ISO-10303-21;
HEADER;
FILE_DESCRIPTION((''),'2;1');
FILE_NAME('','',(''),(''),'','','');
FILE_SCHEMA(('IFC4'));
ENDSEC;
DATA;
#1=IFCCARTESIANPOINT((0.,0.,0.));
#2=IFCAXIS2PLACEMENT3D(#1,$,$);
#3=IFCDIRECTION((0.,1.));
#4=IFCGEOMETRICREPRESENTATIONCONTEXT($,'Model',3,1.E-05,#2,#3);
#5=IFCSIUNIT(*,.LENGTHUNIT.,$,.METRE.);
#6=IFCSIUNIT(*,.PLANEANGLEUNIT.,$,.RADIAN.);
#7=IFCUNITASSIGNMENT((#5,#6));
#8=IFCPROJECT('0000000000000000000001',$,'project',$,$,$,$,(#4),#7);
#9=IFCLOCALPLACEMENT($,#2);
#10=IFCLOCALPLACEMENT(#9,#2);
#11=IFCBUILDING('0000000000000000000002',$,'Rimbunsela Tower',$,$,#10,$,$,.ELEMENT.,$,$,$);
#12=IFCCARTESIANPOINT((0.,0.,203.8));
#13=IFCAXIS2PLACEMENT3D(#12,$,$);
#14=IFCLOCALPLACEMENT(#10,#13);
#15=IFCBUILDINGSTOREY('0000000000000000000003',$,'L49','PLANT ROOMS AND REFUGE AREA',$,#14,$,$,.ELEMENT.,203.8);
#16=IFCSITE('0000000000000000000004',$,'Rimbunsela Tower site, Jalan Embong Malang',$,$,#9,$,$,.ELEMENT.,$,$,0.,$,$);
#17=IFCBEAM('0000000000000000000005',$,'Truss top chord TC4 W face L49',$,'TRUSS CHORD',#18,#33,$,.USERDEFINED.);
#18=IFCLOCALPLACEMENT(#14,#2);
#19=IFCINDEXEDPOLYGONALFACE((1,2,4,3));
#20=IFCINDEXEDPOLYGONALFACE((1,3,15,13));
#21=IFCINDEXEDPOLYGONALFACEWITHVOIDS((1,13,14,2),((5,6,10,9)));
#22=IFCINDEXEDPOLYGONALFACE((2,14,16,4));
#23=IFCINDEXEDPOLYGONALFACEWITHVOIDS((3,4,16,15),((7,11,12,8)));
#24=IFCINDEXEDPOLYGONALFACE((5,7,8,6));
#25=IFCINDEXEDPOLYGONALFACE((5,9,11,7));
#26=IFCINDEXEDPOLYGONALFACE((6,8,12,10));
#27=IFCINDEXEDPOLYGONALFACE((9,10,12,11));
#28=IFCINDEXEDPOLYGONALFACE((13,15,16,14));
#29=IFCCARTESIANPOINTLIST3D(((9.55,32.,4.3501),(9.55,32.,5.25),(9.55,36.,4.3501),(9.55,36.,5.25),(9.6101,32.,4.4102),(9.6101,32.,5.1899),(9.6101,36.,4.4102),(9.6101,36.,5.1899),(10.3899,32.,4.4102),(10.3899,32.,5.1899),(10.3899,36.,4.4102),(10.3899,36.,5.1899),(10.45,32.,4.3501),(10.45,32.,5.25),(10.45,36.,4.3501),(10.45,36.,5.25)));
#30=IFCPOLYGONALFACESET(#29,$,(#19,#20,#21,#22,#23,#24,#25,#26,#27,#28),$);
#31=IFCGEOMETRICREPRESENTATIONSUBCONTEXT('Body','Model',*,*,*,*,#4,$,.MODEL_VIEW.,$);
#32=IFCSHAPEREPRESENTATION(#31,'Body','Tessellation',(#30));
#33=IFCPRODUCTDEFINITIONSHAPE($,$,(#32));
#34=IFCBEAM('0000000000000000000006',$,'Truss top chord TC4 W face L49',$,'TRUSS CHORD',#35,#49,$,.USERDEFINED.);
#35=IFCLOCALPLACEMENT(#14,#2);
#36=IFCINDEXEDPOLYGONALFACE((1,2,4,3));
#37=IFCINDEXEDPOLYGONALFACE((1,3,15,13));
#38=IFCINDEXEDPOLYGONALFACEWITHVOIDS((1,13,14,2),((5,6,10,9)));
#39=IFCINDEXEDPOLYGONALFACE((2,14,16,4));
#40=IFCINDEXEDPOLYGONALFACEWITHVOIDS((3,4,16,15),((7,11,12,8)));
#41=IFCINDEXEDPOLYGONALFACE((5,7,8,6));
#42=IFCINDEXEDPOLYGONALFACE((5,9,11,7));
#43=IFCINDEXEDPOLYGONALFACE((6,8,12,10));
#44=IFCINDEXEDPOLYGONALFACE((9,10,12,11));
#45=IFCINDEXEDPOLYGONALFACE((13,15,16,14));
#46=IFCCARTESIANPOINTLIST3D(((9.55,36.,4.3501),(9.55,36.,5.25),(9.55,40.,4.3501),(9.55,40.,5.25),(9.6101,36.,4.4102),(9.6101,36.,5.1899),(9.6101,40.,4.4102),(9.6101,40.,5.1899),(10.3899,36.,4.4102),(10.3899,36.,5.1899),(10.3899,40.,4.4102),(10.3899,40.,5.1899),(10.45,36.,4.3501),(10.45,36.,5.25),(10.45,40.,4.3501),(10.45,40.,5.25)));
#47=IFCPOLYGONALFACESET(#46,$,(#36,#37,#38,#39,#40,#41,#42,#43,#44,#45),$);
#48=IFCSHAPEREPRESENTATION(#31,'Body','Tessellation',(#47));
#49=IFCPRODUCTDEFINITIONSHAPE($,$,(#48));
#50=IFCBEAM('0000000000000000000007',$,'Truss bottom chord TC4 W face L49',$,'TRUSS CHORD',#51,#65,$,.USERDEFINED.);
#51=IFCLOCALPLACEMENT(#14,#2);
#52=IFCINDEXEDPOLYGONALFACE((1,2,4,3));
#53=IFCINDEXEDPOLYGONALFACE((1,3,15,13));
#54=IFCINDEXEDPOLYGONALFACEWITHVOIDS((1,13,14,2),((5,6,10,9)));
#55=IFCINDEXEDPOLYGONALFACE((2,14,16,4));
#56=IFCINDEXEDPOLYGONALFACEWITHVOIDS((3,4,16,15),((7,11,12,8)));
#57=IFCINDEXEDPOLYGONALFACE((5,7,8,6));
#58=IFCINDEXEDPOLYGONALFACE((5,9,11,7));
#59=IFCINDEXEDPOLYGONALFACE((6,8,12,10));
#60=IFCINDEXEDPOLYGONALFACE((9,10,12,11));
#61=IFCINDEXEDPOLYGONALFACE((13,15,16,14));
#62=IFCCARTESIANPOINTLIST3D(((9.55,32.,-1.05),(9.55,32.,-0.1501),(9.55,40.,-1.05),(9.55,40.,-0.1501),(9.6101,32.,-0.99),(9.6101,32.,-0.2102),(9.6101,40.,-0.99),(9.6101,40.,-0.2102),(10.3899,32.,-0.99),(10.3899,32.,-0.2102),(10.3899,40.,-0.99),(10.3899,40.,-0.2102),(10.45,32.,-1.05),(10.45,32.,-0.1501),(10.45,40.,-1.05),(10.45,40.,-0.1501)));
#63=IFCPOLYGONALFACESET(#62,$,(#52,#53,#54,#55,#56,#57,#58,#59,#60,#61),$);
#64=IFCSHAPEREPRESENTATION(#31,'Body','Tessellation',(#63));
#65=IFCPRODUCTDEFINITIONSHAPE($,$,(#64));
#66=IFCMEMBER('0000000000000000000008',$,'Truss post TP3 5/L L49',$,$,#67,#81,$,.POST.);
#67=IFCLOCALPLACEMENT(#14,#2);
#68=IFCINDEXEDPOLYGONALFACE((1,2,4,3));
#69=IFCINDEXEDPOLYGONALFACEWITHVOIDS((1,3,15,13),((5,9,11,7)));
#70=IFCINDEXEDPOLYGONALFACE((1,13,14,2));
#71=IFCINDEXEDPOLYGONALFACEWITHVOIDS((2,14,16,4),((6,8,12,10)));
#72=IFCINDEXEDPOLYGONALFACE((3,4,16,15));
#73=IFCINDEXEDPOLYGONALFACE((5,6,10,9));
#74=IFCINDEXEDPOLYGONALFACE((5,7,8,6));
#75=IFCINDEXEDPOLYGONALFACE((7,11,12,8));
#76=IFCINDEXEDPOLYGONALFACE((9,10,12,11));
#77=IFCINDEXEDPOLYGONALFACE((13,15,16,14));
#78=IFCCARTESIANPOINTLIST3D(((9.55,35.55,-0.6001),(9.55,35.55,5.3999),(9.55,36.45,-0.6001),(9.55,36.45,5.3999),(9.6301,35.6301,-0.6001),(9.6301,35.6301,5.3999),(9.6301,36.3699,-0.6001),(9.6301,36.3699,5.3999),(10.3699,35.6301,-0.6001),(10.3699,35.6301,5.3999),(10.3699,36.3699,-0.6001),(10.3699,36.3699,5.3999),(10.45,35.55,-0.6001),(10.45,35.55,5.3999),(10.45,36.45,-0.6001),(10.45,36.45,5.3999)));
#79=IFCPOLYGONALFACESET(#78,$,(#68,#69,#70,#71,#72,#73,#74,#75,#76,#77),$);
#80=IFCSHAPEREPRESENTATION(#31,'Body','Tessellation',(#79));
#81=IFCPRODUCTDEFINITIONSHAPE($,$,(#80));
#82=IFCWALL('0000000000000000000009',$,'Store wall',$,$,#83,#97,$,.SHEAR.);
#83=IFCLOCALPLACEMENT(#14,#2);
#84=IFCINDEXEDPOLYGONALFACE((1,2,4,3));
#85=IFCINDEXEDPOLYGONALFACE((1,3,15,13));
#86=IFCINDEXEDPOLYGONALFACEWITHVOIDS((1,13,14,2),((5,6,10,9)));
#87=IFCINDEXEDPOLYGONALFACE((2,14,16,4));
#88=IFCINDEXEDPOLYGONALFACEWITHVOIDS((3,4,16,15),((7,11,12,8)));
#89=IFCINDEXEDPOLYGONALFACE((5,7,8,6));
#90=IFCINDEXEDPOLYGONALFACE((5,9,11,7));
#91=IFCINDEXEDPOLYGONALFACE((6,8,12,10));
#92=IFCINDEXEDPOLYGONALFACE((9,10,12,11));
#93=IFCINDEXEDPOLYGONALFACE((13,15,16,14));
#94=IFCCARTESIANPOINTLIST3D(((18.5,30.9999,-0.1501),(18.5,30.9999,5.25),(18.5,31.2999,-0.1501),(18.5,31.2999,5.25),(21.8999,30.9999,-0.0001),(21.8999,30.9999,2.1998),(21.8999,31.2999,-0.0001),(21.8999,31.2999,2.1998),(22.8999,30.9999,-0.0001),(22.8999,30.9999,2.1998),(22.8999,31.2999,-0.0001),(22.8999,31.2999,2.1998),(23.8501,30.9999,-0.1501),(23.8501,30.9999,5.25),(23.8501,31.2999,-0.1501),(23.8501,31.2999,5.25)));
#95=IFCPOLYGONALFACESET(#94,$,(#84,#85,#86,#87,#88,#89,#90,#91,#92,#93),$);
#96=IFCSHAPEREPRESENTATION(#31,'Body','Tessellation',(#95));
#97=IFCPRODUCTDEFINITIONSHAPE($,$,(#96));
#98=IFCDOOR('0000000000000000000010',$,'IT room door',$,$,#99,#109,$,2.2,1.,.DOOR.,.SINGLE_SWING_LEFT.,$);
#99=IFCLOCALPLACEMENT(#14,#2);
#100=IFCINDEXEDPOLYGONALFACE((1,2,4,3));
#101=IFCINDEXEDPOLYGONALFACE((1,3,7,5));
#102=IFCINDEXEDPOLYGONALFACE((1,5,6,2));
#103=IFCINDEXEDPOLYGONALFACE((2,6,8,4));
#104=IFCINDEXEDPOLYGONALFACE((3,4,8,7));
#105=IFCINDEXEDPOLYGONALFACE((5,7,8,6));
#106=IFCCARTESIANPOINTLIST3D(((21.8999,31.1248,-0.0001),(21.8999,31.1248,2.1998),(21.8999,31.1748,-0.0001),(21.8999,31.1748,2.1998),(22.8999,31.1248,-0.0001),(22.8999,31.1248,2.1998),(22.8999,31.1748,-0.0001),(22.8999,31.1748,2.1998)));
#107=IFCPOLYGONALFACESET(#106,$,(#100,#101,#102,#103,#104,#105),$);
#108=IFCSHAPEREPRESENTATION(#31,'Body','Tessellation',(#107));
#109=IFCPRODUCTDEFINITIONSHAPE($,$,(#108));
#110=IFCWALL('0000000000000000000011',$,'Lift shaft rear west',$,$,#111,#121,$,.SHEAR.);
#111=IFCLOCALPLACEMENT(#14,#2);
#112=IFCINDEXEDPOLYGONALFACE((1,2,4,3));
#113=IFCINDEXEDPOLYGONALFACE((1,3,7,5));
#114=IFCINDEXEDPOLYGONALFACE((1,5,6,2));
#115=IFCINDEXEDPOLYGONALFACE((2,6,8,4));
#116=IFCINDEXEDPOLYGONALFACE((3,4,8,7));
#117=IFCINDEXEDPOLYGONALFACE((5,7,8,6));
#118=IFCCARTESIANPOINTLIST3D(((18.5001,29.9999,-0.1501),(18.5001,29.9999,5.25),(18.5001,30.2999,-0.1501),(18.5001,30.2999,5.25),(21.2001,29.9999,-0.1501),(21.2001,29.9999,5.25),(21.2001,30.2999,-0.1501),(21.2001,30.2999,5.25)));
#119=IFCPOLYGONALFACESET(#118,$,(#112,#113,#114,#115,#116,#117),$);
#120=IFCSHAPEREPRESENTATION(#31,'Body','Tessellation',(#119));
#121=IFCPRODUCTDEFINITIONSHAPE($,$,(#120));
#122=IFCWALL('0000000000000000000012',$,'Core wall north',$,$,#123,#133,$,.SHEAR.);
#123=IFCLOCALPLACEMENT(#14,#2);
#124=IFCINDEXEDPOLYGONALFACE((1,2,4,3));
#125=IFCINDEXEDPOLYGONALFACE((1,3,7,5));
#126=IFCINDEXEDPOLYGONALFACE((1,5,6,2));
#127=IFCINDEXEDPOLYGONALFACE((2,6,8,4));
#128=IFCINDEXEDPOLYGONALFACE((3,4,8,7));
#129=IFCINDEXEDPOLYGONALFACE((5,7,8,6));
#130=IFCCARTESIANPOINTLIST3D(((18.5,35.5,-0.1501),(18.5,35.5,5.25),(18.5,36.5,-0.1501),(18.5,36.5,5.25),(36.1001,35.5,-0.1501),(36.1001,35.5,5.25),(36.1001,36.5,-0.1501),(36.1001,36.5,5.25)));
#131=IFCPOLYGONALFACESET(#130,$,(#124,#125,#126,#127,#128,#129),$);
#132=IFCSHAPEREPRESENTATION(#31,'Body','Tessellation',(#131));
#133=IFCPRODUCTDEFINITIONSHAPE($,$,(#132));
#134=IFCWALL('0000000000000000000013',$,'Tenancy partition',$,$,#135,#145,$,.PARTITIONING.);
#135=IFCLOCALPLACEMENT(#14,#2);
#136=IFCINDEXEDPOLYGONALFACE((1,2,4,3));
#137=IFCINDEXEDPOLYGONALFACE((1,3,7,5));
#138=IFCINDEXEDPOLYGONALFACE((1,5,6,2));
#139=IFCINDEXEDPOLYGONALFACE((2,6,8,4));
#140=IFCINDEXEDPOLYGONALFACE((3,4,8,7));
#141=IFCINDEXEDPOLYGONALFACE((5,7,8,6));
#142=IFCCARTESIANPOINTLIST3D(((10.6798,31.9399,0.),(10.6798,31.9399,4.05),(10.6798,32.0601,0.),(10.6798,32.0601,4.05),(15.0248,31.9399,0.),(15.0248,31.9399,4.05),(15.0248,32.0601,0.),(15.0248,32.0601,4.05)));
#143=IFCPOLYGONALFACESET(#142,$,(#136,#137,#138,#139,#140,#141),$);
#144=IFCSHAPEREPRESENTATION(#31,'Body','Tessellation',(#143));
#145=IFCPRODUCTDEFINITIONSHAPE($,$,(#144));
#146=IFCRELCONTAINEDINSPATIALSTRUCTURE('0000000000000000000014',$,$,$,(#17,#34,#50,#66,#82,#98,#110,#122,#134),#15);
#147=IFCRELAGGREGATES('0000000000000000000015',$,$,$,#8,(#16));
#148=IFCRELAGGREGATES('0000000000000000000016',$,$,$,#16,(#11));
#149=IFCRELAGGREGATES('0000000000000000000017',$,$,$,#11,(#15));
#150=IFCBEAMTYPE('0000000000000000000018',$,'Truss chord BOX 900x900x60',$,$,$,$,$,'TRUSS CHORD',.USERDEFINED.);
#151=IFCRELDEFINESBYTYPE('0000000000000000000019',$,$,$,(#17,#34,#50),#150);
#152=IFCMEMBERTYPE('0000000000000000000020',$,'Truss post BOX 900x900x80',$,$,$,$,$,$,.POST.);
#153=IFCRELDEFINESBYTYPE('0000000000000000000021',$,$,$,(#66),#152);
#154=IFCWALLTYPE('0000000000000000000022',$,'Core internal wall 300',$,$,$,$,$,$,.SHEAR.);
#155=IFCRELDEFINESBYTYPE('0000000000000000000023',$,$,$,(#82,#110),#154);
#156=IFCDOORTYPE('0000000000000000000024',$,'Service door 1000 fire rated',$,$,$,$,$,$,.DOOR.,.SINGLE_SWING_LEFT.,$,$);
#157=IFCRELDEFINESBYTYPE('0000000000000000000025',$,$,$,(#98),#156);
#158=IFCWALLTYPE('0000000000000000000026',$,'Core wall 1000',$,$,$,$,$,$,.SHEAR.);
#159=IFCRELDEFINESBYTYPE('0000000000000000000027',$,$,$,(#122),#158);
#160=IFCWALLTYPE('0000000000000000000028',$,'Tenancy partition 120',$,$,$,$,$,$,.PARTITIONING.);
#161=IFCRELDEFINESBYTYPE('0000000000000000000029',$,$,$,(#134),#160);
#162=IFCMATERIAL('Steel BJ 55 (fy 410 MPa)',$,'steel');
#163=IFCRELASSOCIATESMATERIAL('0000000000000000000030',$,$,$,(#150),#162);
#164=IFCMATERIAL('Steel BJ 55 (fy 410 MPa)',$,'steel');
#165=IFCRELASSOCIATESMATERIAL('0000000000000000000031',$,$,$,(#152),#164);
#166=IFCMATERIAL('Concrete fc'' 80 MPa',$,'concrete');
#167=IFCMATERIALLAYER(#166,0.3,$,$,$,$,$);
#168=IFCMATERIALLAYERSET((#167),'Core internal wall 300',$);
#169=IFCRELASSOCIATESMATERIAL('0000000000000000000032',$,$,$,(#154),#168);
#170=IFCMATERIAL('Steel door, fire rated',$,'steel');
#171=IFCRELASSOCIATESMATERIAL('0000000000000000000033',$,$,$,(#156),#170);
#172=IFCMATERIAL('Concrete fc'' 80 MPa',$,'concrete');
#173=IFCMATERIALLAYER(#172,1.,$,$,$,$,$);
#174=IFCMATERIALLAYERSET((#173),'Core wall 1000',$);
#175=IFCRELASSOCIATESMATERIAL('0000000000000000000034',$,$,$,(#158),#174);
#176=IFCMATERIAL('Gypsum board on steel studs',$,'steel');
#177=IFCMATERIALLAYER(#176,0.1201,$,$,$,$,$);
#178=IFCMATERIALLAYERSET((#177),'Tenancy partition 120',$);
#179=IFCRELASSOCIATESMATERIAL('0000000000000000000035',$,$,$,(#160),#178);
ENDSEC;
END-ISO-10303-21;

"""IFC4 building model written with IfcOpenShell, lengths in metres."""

from ifc_helpers import new_model, si_unit, direction, frame, frame_2d, origin, origin_2d, place, context, subcontext, project, spatial, rectangle, hollow_rectangle, extrude, material, layer, layer_set, material_profile, profile_set, type_object, element, fill, save


model = new_model("IFC4")

# Units and contexts
model_context = context("Model", 3, precision=1e-05, world=origin(), true_north=direction((0.0, 1.0)))
body_context = subcontext(model_context, "Body", "Model", "MODEL_VIEW")
ifc_project = project(units=[si_unit("LENGTHUNIT", "METRE"), si_unit("PLANEANGLEUNIT", "RADIAN")], contexts=[model_context])

# Site, building, storey
site_placement = place(None, origin())
site = spatial("IfcSite", under=ifc_project, at=site_placement, Name="Rimbunsela Tower site, Jalan Embong Malang", CompositionType="ELEMENT", RefElevation=0.0)
building_placement = place(site_placement, origin())
building = spatial("IfcBuilding", under=site, at=building_placement, Name="Rimbunsela Tower", CompositionType="ELEMENT")
storey_placement = place(building_placement, frame((0.0, 0.0, 203.8)))
storey = spatial("IfcBuildingStorey", under=building, at=storey_placement, Name="L49", Description="PLANT ROOMS AND REFUGE AREA", CompositionType="ELEMENT", Elevation=203.8)

# Beams
ifc_material_1 = material(Name="Steel BJ 55 (fy 410 MPa)", Category="steel")
ifc_material_profile_1 = material_profile(ifc_material_1, hollow_rectangle(XDim=0.8999, YDim=0.8999, WallThickness=0.0601, at=origin_2d()), Name="BOX 900x900x60")
ifc_profile_set_1 = profile_set([ifc_material_profile_1], Name="Steel BJ 55 (fy 410 MPa)")
beam_type_1 = type_object("IfcBeamType", Name="Truss chord BOX 900x900x60", ElementType="TRUSS CHORD", PredefinedType="USERDEFINED", material=ifc_profile_set_1)
for number, where, z_axis, x_axis, name in (
    (1, (10.0, 32.0, 4.8), (0.0, 1.0, 0.0), (-1.0, 0.0, 0.0), "Truss top chord TC4 W face L49"),
    (2, (10.0, 36.0, 4.8), (0.0, 1.0, 0.0), (-1.0, 0.0, 0.0), "Truss top chord TC4 W face L49"),
):
    element("IfcBeam", number, at=place(storey_placement, frame(where, z_axis=z_axis, x_axis=x_axis)), inside=storey, type_object=beam_type_1, Name=name, ObjectType="TRUSS CHORD", PredefinedType="USERDEFINED", context=body_context, shape_type="SweptSolid", body=[
        extrude(hollow_rectangle(XDim=0.8999, YDim=0.8999, WallThickness=0.0601, at=origin_2d()), origin(), (0.0, 0.0, 1.0), 4.0),
    ])
beam_1_placement = place(storey_placement, frame((10.0, 32.0, -0.6001), z_axis=(0.0, 1.0, 0.0), x_axis=(-1.0, 0.0, 0.0)))
element("IfcBeam", 3, at=beam_1_placement, inside=storey, type_object=beam_type_1, Name="Truss bottom chord TC4 W face L49", ObjectType="TRUSS CHORD", PredefinedType="USERDEFINED", context=body_context, shape_type="SweptSolid", body=[
    extrude(hollow_rectangle(XDim=0.8999, YDim=0.8999, WallThickness=0.0601, at=origin_2d()), origin(), (0.0, 0.0, 1.0), 8.0),
])

# Member
ifc_material_2 = material(Name="Steel BJ 55 (fy 410 MPa)", Category="steel")
ifc_material_profile_2 = material_profile(ifc_material_2, hollow_rectangle(XDim=0.8999, YDim=0.8999, WallThickness=0.0801, at=origin_2d()), Name="BOX 900x900x80")
ifc_profile_set_2 = profile_set([ifc_material_profile_2], Name="Steel BJ 55 (fy 410 MPa)")
member_type_1 = type_object("IfcMemberType", Name="Truss post BOX 900x900x80", PredefinedType="POST", material=ifc_profile_set_2)
member_1_placement = place(storey_placement, frame((10.0, 36.0, -0.6001), z_axis=(0.0, 0.0, 1.0), x_axis=(1.0, 0.0, 0.0)))
element("IfcMember", 4, at=member_1_placement, inside=storey, type_object=member_type_1, Name="Truss post TP3 5/L L49", PredefinedType="POST", context=body_context, shape_type="SweptSolid", body=[
    extrude(hollow_rectangle(XDim=0.8999, YDim=0.8999, WallThickness=0.0801, at=origin_2d()), origin(), (0.0, 0.0, 1.0), 6.0),
])

# Wall, opening, door
ifc_material_3 = material(Name="Concrete fc' 80 MPa", Category="concrete")
ifc_layer_1 = layer(ifc_material_3, 0.3)
ifc_layer_set_1 = layer_set([ifc_layer_1], Name="Core internal wall 300")
wall_type_1 = type_object("IfcWallType", Name="Core internal wall 300", PredefinedType="SHEAR", material=ifc_layer_set_1)
wall_1_placement = place(storey_placement, frame((18.5, 31.1499, -0.1501), z_axis=(0.0, 0.0, 1.0), x_axis=(1.0, 0.0, 0.0)))
wall_1 = element("IfcWall", 5, at=wall_1_placement, inside=storey, type_object=wall_type_1, Name="Store wall", PredefinedType="SHEAR", context=body_context, shape_type="SweptSolid", body=[
    extrude(rectangle(XDim=5.3501, YDim=0.3, at=frame_2d((2.675, 0.0))), origin(), (0.0, 0.0, 1.0), 5.4001),
])
opening_placement = place(wall_1_placement, frame((3.3999, 0.0, 0.1499)))
opening = element("IfcOpeningElement", 6, at=opening_placement, cuts=wall_1, PredefinedType="OPENING", context=body_context, shape_type="SweptSolid", body=[
    extrude(rectangle(XDim=1.0, YDim=2.2, at=frame_2d((0.5, 1.1001))), frame((0.0, 0.1599, 0.0), z_axis=(0.0, -1.0, 0.0), x_axis=(1.0, 0.0, 0.0)), (0.0, 0.0, 1.0), 0.3201),
])
ifc_material_4 = material(Name="Steel door, fire rated", Category="steel")
door_type = type_object("IfcDoorType", Name="Service door 1000 fire rated", OperationType="SINGLE_SWING_LEFT", PredefinedType="DOOR", material=ifc_material_4)
door_placement = place(opening_placement, origin())
door = element("IfcDoor", 7, at=door_placement, inside=storey, type_object=door_type, Name="IT room door", OperationType="SINGLE_SWING_LEFT", OverallHeight=2.2, OverallWidth=1.0, PredefinedType="DOOR", context=body_context, shape_type="SweptSolid", body=[
    extrude(rectangle(XDim=1.0, YDim=2.2, at=frame_2d((0.5, 1.1001))), frame((0.0, 0.0249, 0.0), z_axis=(0.0, -1.0, 0.0), x_axis=(1.0, 0.0, 0.0)), (0.0, 0.0, 1.0), 0.05),
])
fill(opening, door)

# Walls
wall_2_placement = place(storey_placement, frame((18.5, 30.1499, -0.1501), z_axis=(0.0, 0.0, 1.0), x_axis=(1.0, 0.0, 0.0)))
element("IfcWall", 8, at=wall_2_placement, inside=storey, type_object=wall_type_1, Name="Lift shaft rear west", PredefinedType="SHEAR", context=body_context, shape_type="SweptSolid", body=[
    extrude(rectangle(XDim=2.7, YDim=0.3, at=frame_2d((1.3501, 0.0))), origin(), (0.0, 0.0, 1.0), 5.4001),
])
ifc_material_5 = material(Name="Concrete fc' 80 MPa", Category="concrete")
ifc_layer_2 = layer(ifc_material_5, 1.0)
ifc_layer_set_2 = layer_set([ifc_layer_2], Name="Core wall 1000")
wall_type_2 = type_object("IfcWallType", Name="Core wall 1000", PredefinedType="SHEAR", material=ifc_layer_set_2)
wall_3_placement = place(storey_placement, frame((18.5, 36.0, -0.1501), z_axis=(0.0, 0.0, 1.0), x_axis=(1.0, 0.0, 0.0)))
element("IfcWall", 9, at=wall_3_placement, inside=storey, type_object=wall_type_2, Name="Core wall north", PredefinedType="SHEAR", context=body_context, shape_type="SweptSolid", body=[
    extrude(rectangle(XDim=17.6001, YDim=1.0, at=frame_2d((8.8, 0.0))), origin(), (0.0, 0.0, 1.0), 5.4001),
])
ifc_material_6 = material(Name="Gypsum board on steel studs", Category="steel")
ifc_layer_3 = layer(ifc_material_6, 0.1201)
ifc_layer_set_3 = layer_set([ifc_layer_3], Name="Tenancy partition 120")
wall_type_3 = type_object("IfcWallType", Name="Tenancy partition 120", PredefinedType="PARTITIONING", material=ifc_layer_set_3)
wall_4_placement = place(storey_placement, frame((10.6799, 32.0, 0.0), z_axis=(0.0, 0.0, 1.0), x_axis=(1.0, 0.0, 0.0)))
element("IfcWall", 10, at=wall_4_placement, inside=storey, type_object=wall_type_3, Name="Tenancy partition", PredefinedType="PARTITIONING", context=body_context, shape_type="SweptSolid", body=[
    extrude(rectangle(XDim=4.345, YDim=0.1201, at=frame_2d((2.1724, 0.0))), origin(), (0.0, 0.0, 1.0), 4.05),
])

save(model, "model.ifc")
